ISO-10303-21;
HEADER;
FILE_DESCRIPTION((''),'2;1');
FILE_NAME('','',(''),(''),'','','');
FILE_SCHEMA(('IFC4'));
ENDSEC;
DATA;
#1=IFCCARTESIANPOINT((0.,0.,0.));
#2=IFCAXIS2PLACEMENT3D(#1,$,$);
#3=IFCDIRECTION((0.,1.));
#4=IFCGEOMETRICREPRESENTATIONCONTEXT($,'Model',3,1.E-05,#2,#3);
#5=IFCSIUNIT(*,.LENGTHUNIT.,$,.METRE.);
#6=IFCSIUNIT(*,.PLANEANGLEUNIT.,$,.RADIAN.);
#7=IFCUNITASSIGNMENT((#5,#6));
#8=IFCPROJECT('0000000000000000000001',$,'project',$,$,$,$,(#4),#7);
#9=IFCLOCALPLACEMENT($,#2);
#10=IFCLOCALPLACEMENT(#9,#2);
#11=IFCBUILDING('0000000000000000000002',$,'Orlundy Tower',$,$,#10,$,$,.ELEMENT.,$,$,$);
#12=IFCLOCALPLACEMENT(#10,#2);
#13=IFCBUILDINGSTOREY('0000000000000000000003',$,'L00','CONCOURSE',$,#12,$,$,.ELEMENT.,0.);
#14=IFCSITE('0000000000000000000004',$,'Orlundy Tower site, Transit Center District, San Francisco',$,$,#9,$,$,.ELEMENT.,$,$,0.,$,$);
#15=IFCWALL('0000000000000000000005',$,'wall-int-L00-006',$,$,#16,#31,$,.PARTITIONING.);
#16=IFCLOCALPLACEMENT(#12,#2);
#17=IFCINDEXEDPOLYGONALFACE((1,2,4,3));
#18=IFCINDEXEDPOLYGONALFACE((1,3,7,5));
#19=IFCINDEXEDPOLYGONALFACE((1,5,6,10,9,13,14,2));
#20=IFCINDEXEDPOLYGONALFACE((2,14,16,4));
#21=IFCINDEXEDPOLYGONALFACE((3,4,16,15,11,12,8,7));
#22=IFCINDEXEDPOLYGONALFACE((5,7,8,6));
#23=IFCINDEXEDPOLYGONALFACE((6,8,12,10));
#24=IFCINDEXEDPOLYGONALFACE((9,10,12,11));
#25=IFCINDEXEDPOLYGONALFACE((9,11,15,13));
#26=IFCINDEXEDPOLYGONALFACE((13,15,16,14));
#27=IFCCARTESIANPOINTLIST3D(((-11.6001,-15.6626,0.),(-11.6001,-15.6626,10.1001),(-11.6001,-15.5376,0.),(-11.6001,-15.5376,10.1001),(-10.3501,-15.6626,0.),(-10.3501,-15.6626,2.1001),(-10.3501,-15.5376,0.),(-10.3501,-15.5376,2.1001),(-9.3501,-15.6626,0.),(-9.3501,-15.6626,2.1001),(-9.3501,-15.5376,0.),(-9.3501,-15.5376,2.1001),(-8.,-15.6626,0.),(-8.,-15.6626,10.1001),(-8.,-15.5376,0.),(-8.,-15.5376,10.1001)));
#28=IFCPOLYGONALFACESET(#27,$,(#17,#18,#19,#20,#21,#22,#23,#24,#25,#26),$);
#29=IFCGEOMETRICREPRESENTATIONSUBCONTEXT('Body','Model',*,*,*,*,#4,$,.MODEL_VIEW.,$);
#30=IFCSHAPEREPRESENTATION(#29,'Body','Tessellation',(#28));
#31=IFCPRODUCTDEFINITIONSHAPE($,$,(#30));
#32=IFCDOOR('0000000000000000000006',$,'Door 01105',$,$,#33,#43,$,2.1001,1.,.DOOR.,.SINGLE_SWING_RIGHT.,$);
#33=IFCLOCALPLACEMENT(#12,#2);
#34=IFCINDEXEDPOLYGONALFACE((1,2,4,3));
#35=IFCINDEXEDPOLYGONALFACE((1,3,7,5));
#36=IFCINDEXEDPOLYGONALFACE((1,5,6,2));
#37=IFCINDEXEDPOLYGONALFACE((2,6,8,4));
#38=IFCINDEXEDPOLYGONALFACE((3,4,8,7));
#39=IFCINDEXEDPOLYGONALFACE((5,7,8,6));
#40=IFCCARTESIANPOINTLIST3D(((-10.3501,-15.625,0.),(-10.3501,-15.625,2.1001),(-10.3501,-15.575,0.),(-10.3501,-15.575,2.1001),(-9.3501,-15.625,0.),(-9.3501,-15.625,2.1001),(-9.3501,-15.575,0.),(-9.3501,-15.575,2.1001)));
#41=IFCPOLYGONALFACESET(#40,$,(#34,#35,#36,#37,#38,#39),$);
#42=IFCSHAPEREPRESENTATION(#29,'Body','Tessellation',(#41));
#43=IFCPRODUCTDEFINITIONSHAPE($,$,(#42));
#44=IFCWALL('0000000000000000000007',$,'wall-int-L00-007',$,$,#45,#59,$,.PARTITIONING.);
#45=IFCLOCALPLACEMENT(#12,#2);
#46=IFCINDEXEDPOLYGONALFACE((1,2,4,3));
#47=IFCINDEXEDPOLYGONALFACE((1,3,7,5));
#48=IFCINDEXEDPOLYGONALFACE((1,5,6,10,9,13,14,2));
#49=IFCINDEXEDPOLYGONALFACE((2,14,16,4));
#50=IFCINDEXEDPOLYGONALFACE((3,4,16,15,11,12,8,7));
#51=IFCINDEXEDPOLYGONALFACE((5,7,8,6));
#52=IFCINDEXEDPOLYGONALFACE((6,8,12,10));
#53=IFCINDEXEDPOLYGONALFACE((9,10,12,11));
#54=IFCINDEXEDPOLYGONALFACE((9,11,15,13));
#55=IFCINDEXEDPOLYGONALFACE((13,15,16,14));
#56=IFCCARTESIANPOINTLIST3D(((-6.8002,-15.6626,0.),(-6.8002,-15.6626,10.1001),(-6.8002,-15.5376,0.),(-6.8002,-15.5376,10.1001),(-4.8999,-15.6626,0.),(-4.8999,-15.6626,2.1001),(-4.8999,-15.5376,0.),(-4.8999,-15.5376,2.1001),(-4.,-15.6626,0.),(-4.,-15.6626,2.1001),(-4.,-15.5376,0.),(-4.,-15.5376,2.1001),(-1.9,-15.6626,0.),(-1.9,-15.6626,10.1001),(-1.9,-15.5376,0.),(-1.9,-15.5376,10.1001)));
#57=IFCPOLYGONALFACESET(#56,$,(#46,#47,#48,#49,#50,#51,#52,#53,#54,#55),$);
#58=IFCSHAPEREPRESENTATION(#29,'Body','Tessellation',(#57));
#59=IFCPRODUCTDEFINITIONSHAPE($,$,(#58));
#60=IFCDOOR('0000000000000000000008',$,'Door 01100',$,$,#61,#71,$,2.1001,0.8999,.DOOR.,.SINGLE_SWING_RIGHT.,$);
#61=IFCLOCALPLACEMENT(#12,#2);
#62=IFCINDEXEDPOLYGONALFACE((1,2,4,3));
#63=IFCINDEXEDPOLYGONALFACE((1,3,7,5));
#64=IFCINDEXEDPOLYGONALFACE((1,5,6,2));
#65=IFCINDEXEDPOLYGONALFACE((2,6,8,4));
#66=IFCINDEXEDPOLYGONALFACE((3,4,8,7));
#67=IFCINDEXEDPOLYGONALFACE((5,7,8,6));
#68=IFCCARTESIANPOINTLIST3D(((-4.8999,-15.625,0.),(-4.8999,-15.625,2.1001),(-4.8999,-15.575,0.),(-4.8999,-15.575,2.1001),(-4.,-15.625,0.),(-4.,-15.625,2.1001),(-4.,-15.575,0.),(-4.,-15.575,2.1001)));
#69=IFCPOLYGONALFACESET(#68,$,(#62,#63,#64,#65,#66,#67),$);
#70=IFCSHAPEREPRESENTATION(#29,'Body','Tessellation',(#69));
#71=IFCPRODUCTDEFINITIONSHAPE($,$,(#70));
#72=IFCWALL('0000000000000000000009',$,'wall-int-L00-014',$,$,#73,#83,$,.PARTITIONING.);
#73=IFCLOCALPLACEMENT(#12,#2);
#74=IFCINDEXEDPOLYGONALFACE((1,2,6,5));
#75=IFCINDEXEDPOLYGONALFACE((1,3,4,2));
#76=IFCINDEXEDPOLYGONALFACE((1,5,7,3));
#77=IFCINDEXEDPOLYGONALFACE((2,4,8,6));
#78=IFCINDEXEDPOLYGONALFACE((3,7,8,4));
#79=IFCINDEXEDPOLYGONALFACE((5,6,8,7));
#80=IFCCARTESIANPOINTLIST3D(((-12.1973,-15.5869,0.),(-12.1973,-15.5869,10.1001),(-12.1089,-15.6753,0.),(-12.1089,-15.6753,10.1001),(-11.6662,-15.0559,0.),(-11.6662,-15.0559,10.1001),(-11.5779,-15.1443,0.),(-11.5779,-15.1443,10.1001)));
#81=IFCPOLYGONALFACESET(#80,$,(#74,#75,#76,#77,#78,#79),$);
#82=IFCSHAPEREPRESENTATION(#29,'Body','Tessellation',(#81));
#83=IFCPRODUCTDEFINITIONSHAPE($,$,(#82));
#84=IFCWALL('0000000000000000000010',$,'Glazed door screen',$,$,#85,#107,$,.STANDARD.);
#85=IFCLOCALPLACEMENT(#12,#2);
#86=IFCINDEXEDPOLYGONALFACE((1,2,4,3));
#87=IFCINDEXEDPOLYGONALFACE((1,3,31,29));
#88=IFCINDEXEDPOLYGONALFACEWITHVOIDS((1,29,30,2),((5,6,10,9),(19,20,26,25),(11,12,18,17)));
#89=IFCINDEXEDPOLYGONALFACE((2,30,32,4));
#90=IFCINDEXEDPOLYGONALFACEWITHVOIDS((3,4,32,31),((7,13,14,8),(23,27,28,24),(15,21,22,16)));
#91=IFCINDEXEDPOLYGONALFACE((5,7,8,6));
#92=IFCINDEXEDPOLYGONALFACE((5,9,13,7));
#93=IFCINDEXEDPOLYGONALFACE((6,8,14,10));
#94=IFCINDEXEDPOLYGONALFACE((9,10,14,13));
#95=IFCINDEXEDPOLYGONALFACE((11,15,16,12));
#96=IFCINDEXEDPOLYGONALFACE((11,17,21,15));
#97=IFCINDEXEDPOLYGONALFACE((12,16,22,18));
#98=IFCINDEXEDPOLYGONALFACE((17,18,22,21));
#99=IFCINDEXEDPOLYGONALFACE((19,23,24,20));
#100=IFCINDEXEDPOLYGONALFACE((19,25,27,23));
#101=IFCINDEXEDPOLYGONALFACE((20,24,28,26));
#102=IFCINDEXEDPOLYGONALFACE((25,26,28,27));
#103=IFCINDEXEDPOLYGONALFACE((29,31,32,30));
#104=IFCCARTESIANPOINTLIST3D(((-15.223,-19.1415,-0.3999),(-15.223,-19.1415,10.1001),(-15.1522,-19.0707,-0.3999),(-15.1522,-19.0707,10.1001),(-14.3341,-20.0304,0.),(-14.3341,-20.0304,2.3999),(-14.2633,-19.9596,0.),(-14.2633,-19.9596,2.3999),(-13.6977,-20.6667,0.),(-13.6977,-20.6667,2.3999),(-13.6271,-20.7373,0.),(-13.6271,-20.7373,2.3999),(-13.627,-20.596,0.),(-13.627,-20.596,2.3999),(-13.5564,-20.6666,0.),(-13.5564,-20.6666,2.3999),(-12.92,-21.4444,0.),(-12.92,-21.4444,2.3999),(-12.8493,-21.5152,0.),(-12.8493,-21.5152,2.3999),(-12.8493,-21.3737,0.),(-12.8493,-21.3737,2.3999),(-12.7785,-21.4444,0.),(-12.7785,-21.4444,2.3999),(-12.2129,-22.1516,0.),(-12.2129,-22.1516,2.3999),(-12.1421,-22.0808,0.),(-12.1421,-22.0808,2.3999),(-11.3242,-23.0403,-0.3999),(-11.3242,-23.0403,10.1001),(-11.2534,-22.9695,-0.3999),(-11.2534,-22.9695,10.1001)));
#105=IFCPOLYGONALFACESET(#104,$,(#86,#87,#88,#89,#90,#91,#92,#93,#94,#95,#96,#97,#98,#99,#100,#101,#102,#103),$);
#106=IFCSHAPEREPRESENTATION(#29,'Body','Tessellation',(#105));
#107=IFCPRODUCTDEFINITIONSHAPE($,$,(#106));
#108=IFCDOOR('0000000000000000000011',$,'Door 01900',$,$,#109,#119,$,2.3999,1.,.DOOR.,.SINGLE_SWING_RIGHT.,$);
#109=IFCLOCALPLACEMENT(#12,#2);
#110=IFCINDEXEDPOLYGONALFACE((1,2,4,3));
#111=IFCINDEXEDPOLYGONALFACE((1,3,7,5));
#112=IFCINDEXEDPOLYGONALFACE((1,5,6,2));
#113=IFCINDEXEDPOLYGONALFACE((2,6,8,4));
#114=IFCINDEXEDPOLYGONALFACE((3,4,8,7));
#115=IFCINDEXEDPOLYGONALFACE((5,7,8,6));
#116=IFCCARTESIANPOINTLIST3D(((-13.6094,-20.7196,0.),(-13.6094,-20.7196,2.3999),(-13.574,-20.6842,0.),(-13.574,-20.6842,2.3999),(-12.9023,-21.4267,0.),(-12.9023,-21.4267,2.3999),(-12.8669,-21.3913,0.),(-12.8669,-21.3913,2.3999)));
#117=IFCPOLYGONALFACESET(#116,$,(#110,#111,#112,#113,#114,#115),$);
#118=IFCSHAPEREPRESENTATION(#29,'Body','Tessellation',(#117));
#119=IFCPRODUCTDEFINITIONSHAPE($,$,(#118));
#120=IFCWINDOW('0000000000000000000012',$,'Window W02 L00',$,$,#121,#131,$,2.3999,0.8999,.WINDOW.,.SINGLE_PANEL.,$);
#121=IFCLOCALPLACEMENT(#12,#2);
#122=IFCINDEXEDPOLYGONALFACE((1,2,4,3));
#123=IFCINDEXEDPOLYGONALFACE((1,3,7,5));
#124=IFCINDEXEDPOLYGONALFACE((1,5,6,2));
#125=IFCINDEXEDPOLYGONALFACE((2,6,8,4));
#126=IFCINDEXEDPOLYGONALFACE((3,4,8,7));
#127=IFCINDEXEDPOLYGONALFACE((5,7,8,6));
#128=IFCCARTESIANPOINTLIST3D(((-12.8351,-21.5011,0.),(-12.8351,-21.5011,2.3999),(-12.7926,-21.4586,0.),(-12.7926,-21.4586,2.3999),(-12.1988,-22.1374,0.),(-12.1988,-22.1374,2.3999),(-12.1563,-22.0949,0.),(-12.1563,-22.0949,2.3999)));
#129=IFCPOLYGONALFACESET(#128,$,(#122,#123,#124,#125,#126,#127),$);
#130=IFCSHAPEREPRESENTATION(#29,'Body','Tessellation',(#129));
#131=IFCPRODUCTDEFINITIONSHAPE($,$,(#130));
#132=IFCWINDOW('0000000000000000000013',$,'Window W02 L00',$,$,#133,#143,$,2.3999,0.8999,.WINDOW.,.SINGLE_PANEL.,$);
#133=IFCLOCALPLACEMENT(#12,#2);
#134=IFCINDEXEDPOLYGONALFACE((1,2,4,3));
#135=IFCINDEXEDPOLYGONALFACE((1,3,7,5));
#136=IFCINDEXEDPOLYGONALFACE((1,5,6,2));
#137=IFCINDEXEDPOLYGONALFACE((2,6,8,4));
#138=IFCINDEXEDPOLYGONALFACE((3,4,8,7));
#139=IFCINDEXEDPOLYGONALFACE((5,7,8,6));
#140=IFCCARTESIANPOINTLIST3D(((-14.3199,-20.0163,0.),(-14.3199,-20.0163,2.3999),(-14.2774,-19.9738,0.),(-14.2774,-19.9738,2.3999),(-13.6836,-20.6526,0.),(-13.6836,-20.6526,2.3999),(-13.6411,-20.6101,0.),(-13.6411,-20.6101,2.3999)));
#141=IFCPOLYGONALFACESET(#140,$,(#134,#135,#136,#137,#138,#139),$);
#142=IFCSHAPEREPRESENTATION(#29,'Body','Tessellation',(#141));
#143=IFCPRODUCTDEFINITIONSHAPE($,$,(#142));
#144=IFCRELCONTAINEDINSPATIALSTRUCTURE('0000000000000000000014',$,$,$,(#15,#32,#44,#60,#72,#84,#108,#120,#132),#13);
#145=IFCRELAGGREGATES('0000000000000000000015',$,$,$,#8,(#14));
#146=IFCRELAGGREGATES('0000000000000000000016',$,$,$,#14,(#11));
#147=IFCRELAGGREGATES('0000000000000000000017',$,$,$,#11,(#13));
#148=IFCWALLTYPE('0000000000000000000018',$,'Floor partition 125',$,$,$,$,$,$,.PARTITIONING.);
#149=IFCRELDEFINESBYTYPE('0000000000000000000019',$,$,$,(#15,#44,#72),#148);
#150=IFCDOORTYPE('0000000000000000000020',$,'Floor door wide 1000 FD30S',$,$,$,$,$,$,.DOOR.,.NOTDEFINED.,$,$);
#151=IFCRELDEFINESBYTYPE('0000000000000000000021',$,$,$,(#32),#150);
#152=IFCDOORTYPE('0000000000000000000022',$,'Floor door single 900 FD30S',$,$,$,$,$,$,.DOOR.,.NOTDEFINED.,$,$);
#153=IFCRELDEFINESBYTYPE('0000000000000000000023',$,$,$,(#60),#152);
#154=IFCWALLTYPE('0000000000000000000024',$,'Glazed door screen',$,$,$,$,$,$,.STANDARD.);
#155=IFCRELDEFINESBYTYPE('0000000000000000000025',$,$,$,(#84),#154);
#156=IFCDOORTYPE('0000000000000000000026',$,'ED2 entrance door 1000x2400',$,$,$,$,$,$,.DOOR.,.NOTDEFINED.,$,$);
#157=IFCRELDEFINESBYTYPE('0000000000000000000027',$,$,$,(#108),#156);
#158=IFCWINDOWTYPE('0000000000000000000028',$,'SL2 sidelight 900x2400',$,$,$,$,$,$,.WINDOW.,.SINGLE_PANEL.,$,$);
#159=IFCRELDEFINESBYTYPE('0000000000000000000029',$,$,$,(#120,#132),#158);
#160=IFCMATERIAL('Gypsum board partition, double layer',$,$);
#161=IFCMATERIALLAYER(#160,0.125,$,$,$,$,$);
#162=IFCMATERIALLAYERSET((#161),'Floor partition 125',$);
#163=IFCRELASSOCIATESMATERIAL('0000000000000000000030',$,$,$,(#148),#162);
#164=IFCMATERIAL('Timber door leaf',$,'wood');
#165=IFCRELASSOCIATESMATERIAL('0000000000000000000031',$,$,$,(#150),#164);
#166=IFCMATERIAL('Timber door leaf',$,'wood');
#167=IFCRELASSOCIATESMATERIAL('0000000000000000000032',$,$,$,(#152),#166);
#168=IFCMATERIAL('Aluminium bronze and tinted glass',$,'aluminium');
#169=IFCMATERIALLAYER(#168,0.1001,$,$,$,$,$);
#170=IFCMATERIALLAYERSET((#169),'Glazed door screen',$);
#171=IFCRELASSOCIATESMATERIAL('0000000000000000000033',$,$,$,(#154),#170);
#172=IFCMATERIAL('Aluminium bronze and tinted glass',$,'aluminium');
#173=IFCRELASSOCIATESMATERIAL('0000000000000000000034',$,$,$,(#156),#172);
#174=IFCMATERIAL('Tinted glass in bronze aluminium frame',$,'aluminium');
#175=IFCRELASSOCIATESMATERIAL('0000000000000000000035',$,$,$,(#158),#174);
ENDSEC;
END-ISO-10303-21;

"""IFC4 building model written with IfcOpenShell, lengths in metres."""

from ifc_helpers import new_model, si_unit, direction, frame, frame_2d, origin, place, context, subcontext, project, spatial, rectangle, extrude, material, layer, layer_set, type_object, element, fill, save


model = new_model("IFC4")

# Units and contexts
model_context = context("Model", 3, precision=1e-05, world=origin(), true_north=direction((0.0, 1.0)))
body_context = subcontext(model_context, "Body", "Model", "MODEL_VIEW")
ifc_project = project(units=[si_unit("LENGTHUNIT", "METRE"), si_unit("PLANEANGLEUNIT", "RADIAN")], contexts=[model_context])

# Site, building, storey
site_placement = place(None, origin())
site = spatial("IfcSite", under=ifc_project, at=site_placement, Name="Orlundy Tower site, Transit Center District, San Francisco", CompositionType="ELEMENT", RefElevation=0.0)
building_placement = place(site_placement, origin())
building = spatial("IfcBuilding", under=site, at=building_placement, Name="Orlundy Tower", CompositionType="ELEMENT")
storey_placement = place(building_placement, origin())
storey = spatial("IfcBuildingStorey", under=building, at=storey_placement, Name="L00", Description="CONCOURSE", CompositionType="ELEMENT", Elevation=0.0)

# Shared definitions
ifc_material_1 = material(Name="Gypsum board partition, double layer")
ifc_layer_1 = layer(ifc_material_1, 0.125)
ifc_layer_set_1 = layer_set([ifc_layer_1], Name="Floor partition 125")
wall_type_1 = type_object("IfcWallType", Name="Floor partition 125", PredefinedType="PARTITIONING", material=ifc_layer_set_1)

# Walls, openings, doors
wall_1_placement = place(storey_placement, frame((-8.0, -15.6001, 0.0), z_axis=(0.0, 0.0, 1.0), x_axis=(-1.0, 0.0, 0.0)))
wall_1 = element("IfcWall", 1, at=wall_1_placement, inside=storey, type_object=wall_type_1, Name="wall-int-L00-006", PredefinedType="PARTITIONING", context=body_context, shape_type="SweptSolid", body=[
    extrude(rectangle(XDim=3.6001, YDim=0.125, at=frame_2d((1.8, 0.0))), origin(), (0.0, 0.0, 1.0), 10.1001),
])
opening_1_placement = place(wall_1_placement, frame((1.3501, 0.0, 0.0)))
opening_1 = element("IfcOpeningElement", 2, at=opening_1_placement, cuts=wall_1, PredefinedType="OPENING", context=body_context, shape_type="SweptSolid", body=[
    extrude(rectangle(XDim=1.0, YDim=2.1001, at=frame_2d((0.5, 1.05))), frame((0.0, 0.0725, 0.0), z_axis=(0.0, -1.0, 0.0), x_axis=(1.0, 0.0, 0.0)), (0.0, 0.0, 1.0), 0.145),
])
ifc_material_2 = material(Name="Timber door leaf", Category="wood")
door_type_1 = type_object("IfcDoorType", Name="Floor door wide 1000 FD30S", OperationType="NOTDEFINED", PredefinedType="DOOR", material=ifc_material_2)
door_1_placement = place(opening_1_placement, origin())
door_1 = element("IfcDoor", 3, at=door_1_placement, inside=storey, type_object=door_type_1, Name="Door 01105", OperationType="SINGLE_SWING_RIGHT", OverallHeight=2.1001, OverallWidth=1.0, PredefinedType="DOOR", context=body_context, shape_type="SweptSolid", body=[
    extrude(rectangle(XDim=1.0, YDim=2.1001, at=frame_2d((0.5, 1.05))), frame((0.0, 0.0249, 0.0), z_axis=(0.0, -1.0, 0.0), x_axis=(1.0, 0.0, 0.0)), (0.0, 0.0, 1.0), 0.05),
])
fill(opening_1, door_1)
wall_2_placement = place(storey_placement, frame((-1.8999, -15.6001, 0.0), z_axis=(0.0, 0.0, 1.0), x_axis=(-1.0, 0.0, 0.0)))
wall_2 = element("IfcWall", 4, at=wall_2_placement, inside=storey, type_object=wall_type_1, Name="wall-int-L00-007", PredefinedType="PARTITIONING", context=body_context, shape_type="SweptSolid", body=[
    extrude(rectangle(XDim=4.9001, YDim=0.125, at=frame_2d((2.4502, 0.0))), origin(), (0.0, 0.0, 1.0), 10.1001),
])
opening_2_placement = place(wall_2_placement, frame((2.1001, 0.0, 0.0)))
opening_2 = element("IfcOpeningElement", 5, at=opening_2_placement, cuts=wall_2, PredefinedType="OPENING", context=body_context, shape_type="SweptSolid", body=[
    extrude(rectangle(XDim=0.8999, YDim=2.1001, at=frame_2d((0.45, 1.05))), frame((0.0, 0.0725, 0.0), z_axis=(0.0, -1.0, 0.0), x_axis=(1.0, 0.0, 0.0)), (0.0, 0.0, 1.0), 0.145),
])
ifc_material_3 = material(Name="Timber door leaf", Category="wood")
door_type_2 = type_object("IfcDoorType", Name="Floor door single 900 FD30S", OperationType="NOTDEFINED", PredefinedType="DOOR", material=ifc_material_3)
door_2_placement = place(opening_2_placement, origin())
door_2 = element("IfcDoor", 6, at=door_2_placement, inside=storey, type_object=door_type_2, Name="Door 01100", OperationType="SINGLE_SWING_RIGHT", OverallHeight=2.1001, OverallWidth=0.8999, PredefinedType="DOOR", context=body_context, shape_type="SweptSolid", body=[
    extrude(rectangle(XDim=0.8999, YDim=2.1001, at=frame_2d((0.45, 1.05))), frame((0.0, 0.0249, 0.0), z_axis=(0.0, -1.0, 0.0), x_axis=(1.0, 0.0, 0.0)), (0.0, 0.0, 1.0), 0.05),
])
fill(opening_2, door_2)

# Wall
wall_3_placement = place(storey_placement, frame((-12.1531, -15.6311, 0.0), z_axis=(0.0, 0.0, 1.0), x_axis=(0.707107, 0.707107, 0.0)))
element("IfcWall", 7, at=wall_3_placement, inside=storey, type_object=wall_type_1, Name="wall-int-L00-014", PredefinedType="PARTITIONING", context=body_context, shape_type="SweptSolid", body=[
    extrude(rectangle(XDim=0.751, YDim=0.125, at=frame_2d((0.3755, 0.0))), origin(), (0.0, 0.0, 1.0), 10.1001),
])

# Wall, openings, door, windows
ifc_material_4 = material(Name="Aluminium bronze and tinted glass", Category="aluminium")
ifc_layer_2 = layer(ifc_material_4, 0.1001)
ifc_layer_set_2 = layer_set([ifc_layer_2], Name="Glazed door screen")
wall_type_2 = type_object("IfcWallType", Name="Glazed door screen", PredefinedType="STANDARD", material=ifc_layer_set_2)
wall_4_placement = place(storey_placement, frame((-11.2888, -23.0049, -0.3999), z_axis=(0.0, 0.0, 1.0), x_axis=(-0.707107, 0.707107, 0.0)))
wall_4 = element("IfcWall", 8, at=wall_4_placement, inside=storey, type_object=wall_type_2, Name="Glazed door screen", PredefinedType="STANDARD", context=body_context, shape_type="SweptSolid", body=[
    extrude(rectangle(XDim=5.5137, YDim=0.1001, at=frame_2d((2.7568, 0.0))), origin(), (0.0, 0.0, 1.0), 10.5),
])
opening_3_placement = place(wall_4_placement, frame((2.2568, 0.0, 0.3999)))
opening_3 = element("IfcOpeningElement", 9, at=opening_3_placement, cuts=wall_4, PredefinedType="OPENING", context=body_context, shape_type="SweptSolid", body=[
    extrude(rectangle(XDim=1.0, YDim=2.3999, at=frame_2d((0.5, 1.2))), frame((0.0, 0.0601, 0.0), z_axis=(0.0, -1.0, 0.0), x_axis=(1.0, 0.0, 0.0)), (0.0, 0.0, 1.0), 0.1201),
])
opening_4_placement = place(wall_4_placement, frame((1.2568, 0.0, 0.3999)))
opening_4 = element("IfcOpeningElement", 10, at=opening_4_placement, cuts=wall_4, PredefinedType="OPENING", context=body_context, shape_type="SweptSolid", body=[
    extrude(rectangle(XDim=0.8999, YDim=2.3999, at=frame_2d((0.45, 1.2))), frame((0.0, 0.0601, 0.0), z_axis=(0.0, -1.0, 0.0), x_axis=(1.0, 0.0, 0.0)), (0.0, 0.0, 1.0), 0.1201),
])
opening_5_placement = place(wall_4_placement, frame((3.3567, 0.0, 0.3999)))
opening_5 = element("IfcOpeningElement", 11, at=opening_5_placement, cuts=wall_4, PredefinedType="OPENING", context=body_context, shape_type="SweptSolid", body=[
    extrude(rectangle(XDim=0.8999, YDim=2.3999, at=frame_2d((0.45, 1.2))), frame((0.0, 0.0601, 0.0), z_axis=(0.0, -1.0, 0.0), x_axis=(1.0, 0.0, 0.0)), (0.0, 0.0, 1.0), 0.1201),
])
ifc_material_5 = material(Name="Aluminium bronze and tinted glass", Category="aluminium")
door_type_3 = type_object("IfcDoorType", Name="ED2 entrance door 1000x2400", OperationType="NOTDEFINED", PredefinedType="DOOR", material=ifc_material_5)
door_3_placement = place(opening_3_placement, origin())
door_3 = element("IfcDoor", 12, at=door_3_placement, inside=storey, type_object=door_type_3, Name="Door 01900", OperationType="SINGLE_SWING_RIGHT", OverallHeight=2.3999, OverallWidth=1.0, PredefinedType="DOOR", context=body_context, shape_type="SweptSolid", body=[
    extrude(rectangle(XDim=1.0, YDim=2.3999, at=frame_2d((0.5, 1.2))), frame((0.0, 0.0249, 0.0), z_axis=(0.0, -1.0, 0.0), x_axis=(1.0, 0.0, 0.0)), (0.0, 0.0, 1.0), 0.05),
])
fill(opening_3, door_3)
ifc_material_6 = material(Name="Tinted glass in bronze aluminium frame", Category="aluminium")
window_type = type_object("IfcWindowType", Name="SL2 sidelight 900x2400", PartitioningType="SINGLE_PANEL", PredefinedType="WINDOW", material=ifc_material_6)
window_1_placement = place(opening_4_placement, origin())
window_1 = element("IfcWindow", 13, at=window_1_placement, inside=storey, type_object=window_type, Name="Window W02 L00", OverallHeight=2.3999, OverallWidth=0.8999, PartitioningType="SINGLE_PANEL", PredefinedType="WINDOW", context=body_context, shape_type="SweptSolid", body=[
    extrude(rectangle(XDim=0.8999, YDim=2.3999, at=frame_2d((0.45, 1.2))), frame((0.0, 0.03, 0.0), z_axis=(0.0, -1.0, 0.0), x_axis=(1.0, 0.0, 0.0)), (0.0, 0.0, 1.0), 0.0601),
])
fill(opening_4, window_1)
window_2_placement = place(opening_5_placement, origin())
window_2 = element("IfcWindow", 14, at=window_2_placement, inside=storey, type_object=window_type, Name="Window W02 L00", OverallHeight=2.3999, OverallWidth=0.8999, PartitioningType="SINGLE_PANEL", PredefinedType="WINDOW", context=body_context, shape_type="SweptSolid", body=[
    extrude(rectangle(XDim=0.8999, YDim=2.3999, at=frame_2d((0.45, 1.2))), frame((0.0, 0.03, 0.0), z_axis=(0.0, -1.0, 0.0), x_axis=(1.0, 0.0, 0.0)), (0.0, 0.0, 1.0), 0.0601),
])
fill(opening_5, window_2)

save(model, "model.ifc")
